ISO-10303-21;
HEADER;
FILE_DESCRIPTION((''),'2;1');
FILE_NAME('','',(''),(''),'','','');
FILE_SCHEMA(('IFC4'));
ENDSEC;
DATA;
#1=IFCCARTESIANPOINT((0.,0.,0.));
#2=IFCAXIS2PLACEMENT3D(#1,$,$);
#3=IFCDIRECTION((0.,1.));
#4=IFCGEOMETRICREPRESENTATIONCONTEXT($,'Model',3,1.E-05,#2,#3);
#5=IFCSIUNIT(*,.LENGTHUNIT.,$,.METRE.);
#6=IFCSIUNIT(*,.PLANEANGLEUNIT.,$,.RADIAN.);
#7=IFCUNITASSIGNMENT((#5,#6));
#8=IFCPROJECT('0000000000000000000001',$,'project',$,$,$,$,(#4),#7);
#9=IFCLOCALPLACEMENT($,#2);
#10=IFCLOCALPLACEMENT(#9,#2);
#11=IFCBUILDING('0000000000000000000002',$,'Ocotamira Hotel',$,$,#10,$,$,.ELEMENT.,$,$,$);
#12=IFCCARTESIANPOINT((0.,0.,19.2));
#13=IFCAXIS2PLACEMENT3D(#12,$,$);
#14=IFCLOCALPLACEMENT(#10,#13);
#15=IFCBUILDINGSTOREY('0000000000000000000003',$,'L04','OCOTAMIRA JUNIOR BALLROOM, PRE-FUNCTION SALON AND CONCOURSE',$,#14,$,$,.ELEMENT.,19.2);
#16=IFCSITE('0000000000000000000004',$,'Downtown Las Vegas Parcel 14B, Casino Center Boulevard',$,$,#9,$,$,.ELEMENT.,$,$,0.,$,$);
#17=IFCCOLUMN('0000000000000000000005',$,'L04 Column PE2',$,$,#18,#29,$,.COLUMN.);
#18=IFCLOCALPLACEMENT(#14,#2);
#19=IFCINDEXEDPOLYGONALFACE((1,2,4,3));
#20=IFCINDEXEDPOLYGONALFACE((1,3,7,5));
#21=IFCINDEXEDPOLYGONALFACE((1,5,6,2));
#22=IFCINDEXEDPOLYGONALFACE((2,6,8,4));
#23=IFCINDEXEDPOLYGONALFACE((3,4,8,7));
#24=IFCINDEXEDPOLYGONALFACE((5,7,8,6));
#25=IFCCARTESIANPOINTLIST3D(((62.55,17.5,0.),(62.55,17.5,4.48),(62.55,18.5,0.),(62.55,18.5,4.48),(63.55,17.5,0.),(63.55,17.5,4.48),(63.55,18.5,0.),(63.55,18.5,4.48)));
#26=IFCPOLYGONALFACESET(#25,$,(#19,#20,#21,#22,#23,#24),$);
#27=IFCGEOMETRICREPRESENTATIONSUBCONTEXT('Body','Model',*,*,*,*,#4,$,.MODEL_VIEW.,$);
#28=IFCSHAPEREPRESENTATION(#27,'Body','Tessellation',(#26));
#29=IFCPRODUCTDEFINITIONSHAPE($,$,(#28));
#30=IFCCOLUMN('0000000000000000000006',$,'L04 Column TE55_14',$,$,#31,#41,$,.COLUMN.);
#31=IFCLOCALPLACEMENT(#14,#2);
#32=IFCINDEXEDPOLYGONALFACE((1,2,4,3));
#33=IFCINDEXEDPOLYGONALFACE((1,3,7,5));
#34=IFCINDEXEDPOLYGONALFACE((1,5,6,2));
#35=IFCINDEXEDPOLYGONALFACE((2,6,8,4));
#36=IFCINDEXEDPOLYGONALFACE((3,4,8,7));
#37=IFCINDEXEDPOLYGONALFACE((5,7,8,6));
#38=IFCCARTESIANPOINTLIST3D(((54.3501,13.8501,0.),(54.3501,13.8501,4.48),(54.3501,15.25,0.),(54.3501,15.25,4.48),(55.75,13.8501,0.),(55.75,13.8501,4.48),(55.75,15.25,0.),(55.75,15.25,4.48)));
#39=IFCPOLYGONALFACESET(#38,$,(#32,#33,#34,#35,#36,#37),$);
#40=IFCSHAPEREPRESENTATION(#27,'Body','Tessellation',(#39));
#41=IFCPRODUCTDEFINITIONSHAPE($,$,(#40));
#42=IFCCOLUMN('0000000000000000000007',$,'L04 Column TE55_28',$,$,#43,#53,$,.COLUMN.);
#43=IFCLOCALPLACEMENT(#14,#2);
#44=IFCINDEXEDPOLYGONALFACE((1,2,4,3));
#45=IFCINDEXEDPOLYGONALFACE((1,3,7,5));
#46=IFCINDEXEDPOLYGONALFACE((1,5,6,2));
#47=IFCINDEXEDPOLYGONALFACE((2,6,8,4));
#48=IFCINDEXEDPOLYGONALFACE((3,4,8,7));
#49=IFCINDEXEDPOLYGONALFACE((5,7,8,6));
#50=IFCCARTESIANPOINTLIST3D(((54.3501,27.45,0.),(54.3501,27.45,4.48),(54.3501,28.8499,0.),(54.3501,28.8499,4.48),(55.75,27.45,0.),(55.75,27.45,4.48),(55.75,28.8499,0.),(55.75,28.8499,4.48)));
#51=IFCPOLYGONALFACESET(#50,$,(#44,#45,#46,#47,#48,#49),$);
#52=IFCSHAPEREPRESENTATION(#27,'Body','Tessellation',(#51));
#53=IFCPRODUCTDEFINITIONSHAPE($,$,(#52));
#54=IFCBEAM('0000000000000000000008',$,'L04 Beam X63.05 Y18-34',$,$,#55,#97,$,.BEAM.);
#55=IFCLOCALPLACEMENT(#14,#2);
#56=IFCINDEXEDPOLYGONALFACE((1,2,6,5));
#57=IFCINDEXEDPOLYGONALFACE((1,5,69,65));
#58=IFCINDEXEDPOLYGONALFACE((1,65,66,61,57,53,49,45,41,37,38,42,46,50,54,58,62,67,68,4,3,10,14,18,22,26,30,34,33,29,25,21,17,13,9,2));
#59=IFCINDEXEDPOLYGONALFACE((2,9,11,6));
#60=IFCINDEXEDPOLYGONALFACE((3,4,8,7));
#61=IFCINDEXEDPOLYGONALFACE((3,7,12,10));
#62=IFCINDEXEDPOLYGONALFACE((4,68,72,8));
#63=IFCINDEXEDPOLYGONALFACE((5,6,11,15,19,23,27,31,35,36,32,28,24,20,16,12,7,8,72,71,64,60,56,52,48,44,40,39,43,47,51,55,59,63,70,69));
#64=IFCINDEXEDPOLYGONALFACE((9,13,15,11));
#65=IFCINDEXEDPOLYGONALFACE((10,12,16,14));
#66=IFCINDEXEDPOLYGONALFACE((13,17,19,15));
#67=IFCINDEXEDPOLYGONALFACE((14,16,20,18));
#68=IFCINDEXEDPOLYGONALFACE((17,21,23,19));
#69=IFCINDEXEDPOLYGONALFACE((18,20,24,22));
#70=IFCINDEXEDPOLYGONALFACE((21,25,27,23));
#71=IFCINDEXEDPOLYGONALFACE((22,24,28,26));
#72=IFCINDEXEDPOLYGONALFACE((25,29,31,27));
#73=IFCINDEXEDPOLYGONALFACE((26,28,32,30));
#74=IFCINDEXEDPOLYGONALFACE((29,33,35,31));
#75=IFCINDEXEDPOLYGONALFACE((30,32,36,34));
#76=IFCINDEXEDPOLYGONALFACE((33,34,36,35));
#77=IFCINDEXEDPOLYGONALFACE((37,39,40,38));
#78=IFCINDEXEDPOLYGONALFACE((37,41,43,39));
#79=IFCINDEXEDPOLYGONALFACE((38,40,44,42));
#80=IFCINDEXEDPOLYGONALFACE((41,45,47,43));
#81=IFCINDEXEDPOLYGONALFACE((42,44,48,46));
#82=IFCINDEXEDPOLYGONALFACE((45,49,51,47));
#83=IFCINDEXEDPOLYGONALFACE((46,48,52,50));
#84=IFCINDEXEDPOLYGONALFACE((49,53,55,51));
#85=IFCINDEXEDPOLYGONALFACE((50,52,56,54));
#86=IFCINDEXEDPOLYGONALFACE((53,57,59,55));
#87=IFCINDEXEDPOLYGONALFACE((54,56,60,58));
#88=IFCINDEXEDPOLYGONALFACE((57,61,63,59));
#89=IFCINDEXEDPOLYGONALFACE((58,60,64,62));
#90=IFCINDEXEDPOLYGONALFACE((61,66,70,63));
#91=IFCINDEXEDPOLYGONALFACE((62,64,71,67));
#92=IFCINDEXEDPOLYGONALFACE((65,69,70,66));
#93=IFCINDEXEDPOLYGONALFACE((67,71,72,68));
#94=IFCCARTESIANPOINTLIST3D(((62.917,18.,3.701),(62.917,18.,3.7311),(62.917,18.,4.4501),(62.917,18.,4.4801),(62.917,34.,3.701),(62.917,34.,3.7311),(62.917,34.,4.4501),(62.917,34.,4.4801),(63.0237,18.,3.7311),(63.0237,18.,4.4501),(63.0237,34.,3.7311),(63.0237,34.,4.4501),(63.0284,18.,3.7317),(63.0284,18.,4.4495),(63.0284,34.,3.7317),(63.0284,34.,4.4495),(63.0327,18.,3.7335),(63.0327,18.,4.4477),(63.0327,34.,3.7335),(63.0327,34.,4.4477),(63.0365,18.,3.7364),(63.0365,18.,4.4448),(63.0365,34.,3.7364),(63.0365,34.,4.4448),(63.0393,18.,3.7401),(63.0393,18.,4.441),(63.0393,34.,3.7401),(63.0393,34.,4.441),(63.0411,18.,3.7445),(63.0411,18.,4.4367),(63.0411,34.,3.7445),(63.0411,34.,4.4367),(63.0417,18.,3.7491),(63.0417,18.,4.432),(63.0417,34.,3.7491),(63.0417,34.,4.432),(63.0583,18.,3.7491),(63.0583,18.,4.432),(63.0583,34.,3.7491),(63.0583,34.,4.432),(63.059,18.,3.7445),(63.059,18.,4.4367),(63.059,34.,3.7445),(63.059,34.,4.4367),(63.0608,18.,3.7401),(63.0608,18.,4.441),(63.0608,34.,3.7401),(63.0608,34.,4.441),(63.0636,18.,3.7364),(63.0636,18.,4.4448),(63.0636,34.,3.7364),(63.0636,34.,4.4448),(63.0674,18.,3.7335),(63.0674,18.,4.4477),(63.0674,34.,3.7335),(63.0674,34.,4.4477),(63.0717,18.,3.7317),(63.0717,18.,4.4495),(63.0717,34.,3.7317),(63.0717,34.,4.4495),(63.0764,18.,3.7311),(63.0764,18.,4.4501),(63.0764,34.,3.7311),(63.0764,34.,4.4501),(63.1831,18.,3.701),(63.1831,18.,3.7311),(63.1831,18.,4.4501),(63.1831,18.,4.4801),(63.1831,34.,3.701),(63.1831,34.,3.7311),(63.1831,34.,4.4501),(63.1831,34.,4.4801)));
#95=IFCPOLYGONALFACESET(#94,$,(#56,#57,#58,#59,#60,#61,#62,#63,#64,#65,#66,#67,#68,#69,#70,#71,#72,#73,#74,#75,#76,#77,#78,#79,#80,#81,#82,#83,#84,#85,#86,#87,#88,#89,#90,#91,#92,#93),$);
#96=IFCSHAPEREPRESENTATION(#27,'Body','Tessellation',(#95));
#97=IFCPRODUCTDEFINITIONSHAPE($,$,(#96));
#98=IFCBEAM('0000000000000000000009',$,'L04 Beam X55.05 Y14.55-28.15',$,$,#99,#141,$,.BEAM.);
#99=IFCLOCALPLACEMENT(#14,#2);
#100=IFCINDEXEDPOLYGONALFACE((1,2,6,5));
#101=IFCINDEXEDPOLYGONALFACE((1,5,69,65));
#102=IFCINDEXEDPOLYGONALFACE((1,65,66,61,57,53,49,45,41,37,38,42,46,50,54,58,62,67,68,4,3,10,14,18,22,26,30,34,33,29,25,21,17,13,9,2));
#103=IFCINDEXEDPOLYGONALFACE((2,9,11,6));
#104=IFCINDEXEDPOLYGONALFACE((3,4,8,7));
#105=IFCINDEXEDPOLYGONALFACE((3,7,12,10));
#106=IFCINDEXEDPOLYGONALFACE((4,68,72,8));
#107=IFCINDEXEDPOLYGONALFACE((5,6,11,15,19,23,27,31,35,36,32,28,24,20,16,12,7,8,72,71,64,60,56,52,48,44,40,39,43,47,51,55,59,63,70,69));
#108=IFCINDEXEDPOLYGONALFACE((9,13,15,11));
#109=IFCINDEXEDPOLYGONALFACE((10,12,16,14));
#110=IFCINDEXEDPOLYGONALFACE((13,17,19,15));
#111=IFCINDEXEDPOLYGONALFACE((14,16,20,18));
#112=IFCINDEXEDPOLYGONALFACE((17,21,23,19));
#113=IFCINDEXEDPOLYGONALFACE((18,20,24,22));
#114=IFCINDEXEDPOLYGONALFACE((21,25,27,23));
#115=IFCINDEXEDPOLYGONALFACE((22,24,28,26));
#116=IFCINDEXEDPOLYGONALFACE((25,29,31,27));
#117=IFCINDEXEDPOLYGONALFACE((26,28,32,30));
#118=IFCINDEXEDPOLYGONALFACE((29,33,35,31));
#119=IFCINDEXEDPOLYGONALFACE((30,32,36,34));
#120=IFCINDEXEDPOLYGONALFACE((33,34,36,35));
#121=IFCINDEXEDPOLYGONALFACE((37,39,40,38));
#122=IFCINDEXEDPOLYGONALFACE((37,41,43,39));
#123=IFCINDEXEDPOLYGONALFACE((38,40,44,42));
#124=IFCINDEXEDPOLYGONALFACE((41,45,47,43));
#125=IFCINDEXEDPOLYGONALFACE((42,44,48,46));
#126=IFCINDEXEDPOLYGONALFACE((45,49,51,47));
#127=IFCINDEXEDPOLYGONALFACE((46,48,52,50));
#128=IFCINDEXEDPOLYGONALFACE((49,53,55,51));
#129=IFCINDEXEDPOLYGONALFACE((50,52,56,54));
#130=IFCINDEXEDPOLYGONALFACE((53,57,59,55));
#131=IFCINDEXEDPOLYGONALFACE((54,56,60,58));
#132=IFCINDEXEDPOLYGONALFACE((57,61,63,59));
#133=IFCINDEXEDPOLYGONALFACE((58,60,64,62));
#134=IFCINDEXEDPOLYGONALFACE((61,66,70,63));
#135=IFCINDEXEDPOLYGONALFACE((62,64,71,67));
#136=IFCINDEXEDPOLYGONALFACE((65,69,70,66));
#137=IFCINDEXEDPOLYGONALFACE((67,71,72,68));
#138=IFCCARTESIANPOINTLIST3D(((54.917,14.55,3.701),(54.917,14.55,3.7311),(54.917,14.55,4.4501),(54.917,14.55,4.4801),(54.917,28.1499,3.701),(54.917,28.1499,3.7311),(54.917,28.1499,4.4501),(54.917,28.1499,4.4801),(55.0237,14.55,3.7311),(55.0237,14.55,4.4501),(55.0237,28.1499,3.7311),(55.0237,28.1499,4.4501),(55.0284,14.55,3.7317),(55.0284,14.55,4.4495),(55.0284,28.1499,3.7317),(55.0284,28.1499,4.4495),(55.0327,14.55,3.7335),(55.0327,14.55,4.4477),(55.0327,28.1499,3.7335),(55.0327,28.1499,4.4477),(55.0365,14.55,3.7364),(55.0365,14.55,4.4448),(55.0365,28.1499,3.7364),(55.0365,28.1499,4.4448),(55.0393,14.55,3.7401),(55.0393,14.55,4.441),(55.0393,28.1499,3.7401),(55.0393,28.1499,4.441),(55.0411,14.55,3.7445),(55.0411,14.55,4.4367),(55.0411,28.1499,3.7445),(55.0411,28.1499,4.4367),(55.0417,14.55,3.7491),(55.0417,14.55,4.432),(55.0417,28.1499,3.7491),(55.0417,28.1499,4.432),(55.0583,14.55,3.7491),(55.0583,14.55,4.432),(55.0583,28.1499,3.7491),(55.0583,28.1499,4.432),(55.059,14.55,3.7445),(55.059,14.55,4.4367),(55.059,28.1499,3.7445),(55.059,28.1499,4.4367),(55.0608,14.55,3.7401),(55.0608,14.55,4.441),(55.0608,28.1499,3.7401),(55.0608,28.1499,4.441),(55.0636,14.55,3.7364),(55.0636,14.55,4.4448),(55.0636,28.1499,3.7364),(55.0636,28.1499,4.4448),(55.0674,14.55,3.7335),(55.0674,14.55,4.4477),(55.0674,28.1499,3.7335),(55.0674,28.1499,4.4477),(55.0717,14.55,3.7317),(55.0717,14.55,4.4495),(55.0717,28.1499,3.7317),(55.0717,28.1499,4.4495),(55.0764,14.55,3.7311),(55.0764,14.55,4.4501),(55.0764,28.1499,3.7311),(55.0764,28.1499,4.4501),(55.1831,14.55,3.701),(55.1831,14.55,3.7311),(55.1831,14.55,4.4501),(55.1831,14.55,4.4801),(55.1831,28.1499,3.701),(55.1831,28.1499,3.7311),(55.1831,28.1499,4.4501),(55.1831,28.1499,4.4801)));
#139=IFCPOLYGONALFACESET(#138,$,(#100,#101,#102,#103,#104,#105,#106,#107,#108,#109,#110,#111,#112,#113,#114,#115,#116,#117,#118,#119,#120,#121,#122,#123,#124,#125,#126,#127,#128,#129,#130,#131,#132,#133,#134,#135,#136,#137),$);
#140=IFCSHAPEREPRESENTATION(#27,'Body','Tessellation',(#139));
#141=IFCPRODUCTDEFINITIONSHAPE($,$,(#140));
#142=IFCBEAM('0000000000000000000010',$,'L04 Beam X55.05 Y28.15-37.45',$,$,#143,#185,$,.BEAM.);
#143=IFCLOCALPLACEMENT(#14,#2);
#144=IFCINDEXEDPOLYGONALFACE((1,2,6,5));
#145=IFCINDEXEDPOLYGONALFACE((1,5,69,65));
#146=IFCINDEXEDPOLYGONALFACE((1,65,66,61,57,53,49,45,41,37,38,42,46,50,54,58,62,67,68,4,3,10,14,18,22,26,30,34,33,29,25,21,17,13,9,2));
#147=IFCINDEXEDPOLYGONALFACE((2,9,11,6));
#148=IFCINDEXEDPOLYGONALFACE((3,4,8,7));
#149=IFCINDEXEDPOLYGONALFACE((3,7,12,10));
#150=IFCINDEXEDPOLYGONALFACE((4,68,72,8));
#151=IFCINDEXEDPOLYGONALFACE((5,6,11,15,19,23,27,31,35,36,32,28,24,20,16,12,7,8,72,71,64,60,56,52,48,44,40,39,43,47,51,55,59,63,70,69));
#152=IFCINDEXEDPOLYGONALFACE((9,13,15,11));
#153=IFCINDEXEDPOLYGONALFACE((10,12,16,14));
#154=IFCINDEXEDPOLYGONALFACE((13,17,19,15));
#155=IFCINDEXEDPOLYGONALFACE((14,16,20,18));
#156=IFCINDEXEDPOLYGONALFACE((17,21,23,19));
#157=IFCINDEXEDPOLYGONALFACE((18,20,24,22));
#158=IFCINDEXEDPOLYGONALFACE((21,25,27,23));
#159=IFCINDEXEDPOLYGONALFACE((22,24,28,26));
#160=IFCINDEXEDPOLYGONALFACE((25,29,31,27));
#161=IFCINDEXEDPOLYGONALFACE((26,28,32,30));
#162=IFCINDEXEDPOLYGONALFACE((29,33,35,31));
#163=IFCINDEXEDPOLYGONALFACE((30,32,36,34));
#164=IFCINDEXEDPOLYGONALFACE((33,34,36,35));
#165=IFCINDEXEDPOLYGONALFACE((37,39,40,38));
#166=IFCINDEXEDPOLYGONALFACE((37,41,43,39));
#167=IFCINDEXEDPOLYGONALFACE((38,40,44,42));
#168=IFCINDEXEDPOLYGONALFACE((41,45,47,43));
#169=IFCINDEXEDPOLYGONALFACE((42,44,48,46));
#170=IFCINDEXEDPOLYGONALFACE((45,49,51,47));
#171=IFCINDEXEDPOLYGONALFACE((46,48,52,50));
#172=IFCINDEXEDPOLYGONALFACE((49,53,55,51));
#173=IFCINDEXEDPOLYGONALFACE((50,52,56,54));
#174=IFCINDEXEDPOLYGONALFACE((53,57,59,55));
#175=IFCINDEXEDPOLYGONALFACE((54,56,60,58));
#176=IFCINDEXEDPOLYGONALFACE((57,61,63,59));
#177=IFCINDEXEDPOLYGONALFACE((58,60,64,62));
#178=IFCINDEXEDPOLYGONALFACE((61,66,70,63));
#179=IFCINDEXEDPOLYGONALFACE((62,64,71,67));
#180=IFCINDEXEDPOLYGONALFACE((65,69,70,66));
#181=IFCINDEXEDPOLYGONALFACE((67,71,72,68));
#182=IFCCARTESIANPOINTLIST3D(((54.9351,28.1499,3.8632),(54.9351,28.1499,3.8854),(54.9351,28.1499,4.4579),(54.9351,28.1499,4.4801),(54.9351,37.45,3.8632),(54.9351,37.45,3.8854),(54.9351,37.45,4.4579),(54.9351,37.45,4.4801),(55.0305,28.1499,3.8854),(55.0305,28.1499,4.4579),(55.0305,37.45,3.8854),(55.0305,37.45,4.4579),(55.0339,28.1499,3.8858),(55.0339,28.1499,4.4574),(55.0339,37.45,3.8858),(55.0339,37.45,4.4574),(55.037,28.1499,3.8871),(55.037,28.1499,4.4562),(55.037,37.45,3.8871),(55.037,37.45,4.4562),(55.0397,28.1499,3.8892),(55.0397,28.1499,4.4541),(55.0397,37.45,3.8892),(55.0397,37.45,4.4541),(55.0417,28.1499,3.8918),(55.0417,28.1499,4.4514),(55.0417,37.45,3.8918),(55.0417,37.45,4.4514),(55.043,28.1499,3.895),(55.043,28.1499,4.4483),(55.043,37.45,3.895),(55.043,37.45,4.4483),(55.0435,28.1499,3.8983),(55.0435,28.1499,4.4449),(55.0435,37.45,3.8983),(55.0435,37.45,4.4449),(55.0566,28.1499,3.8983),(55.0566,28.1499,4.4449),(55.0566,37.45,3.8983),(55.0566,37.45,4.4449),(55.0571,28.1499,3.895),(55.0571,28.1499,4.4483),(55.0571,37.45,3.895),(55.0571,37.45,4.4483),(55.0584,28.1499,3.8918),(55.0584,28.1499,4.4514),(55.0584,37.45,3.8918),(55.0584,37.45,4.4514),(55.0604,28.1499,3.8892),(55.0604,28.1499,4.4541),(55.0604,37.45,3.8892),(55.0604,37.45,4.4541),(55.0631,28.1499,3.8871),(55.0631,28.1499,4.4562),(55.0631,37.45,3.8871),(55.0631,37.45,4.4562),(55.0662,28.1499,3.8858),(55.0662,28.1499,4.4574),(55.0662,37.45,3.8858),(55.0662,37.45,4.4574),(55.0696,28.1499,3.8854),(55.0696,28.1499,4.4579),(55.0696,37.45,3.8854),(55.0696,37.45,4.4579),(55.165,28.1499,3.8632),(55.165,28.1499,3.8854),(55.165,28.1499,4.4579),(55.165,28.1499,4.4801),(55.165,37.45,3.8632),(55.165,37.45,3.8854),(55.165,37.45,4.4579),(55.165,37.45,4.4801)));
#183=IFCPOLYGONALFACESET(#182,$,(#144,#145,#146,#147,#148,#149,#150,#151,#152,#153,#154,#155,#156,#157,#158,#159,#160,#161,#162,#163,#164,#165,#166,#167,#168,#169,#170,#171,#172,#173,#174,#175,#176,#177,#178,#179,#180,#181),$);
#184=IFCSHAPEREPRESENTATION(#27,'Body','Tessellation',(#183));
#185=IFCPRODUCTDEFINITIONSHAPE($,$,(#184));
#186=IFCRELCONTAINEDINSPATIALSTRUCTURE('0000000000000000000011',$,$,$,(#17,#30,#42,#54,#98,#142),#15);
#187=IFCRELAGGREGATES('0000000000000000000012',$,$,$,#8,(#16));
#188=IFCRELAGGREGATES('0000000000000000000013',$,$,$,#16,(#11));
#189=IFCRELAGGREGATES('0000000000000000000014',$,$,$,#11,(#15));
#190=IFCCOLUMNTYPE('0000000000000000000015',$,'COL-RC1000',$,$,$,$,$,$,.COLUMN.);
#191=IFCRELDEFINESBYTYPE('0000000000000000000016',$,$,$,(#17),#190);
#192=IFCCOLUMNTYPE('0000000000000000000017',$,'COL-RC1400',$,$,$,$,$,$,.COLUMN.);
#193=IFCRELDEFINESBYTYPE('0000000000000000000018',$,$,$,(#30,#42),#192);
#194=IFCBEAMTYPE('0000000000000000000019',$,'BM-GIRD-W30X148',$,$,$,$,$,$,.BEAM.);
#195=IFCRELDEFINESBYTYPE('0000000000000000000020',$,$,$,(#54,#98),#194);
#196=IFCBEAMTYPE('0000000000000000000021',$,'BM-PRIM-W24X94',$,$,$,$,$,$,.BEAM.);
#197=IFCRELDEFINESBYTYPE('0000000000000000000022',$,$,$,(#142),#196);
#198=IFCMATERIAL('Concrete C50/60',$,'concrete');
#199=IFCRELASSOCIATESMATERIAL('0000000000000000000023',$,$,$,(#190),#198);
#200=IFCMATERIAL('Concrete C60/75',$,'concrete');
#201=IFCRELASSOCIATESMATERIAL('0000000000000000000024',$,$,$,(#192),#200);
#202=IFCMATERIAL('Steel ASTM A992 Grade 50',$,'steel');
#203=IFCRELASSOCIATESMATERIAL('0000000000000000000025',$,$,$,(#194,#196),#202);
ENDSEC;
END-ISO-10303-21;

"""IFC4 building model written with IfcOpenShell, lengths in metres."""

from ifc_helpers import new_model, si_unit, direction, frame, origin, origin_2d, place, context, subcontext, project, spatial, rectangle, i_section, extrude, source, transform, mapped, material, material_profile, profile_set, type_object, element, save


model = new_model("IFC4")

# Units and contexts
model_context = context("Model", 3, precision=1e-05, world=origin(), true_north=direction((0.0, 1.0)))
body_context = subcontext(model_context, "Body", "Model", "MODEL_VIEW")
ifc_project = project(units=[si_unit("LENGTHUNIT", "METRE"), si_unit("PLANEANGLEUNIT", "RADIAN")], contexts=[model_context])

# Site, building, storey
site_placement = place(None, origin())
site = spatial("IfcSite", under=ifc_project, at=site_placement, Name="Downtown Las Vegas Parcel 14B, Casino Center Boulevard", CompositionType="ELEMENT", RefElevation=0.0)
building_placement = place(site_placement, origin())
building = spatial("IfcBuilding", under=site, at=building_placement, Name="Ocotamira Hotel", CompositionType="ELEMENT")
storey_placement = place(building_placement, frame((0.0, 0.0, 19.2)))
storey = spatial("IfcBuildingStorey", under=building, at=storey_placement, Name="L04", Description="OCOTAMIRA JUNIOR BALLROOM, PRE-FUNCTION SALON AND CONCOURSE", CompositionType="ELEMENT", Elevation=19.2)

# Columns
ifc_material_1 = material(Name="Concrete C50/60", Category="concrete")
ifc_material_profile_1 = material_profile(ifc_material_1, rectangle(XDim=1.0, YDim=1.0, at=origin_2d()), Name="RC1000X1000")
ifc_profile_set_1 = profile_set([ifc_material_profile_1], Name="Concrete C50/60")
column_type_1 = type_object("IfcColumnType", Name="COL-RC1000", PredefinedType="COLUMN", material=ifc_profile_set_1)
shared_shape_1 = source(origin(), body_context, "Body", "SweptSolid", [
    extrude(rectangle(XDim=1.0, YDim=1.0, at=origin_2d()), origin(), (0.0, 0.0, 1.0), 4.48),
])
column_placement = place(storey_placement, frame((63.05, 18.0, 0.0), z_axis=(0.0, 0.0, 1.0), x_axis=(1.0, 0.0, 0.0)))
element("IfcColumn", 1, at=column_placement, inside=storey, type_object=column_type_1, Name="L04 Column PE2", PredefinedType="COLUMN", context=body_context, shape_type="MappedRepresentation", body=[
    mapped(shared_shape_1, transform((0.0, 0.0, 0.0), scale=1.0)),
])
ifc_material_2 = material(Name="Concrete C60/75", Category="concrete")
ifc_material_profile_2 = material_profile(ifc_material_2, rectangle(XDim=1.3999, YDim=1.3999, at=origin_2d()), Name="RC1400X1400")
ifc_profile_set_2 = profile_set([ifc_material_profile_2], Name="Concrete C60/75")
column_type_2 = type_object("IfcColumnType", Name="COL-RC1400", PredefinedType="COLUMN", material=ifc_profile_set_2)
shared_shape_2 = source(origin(), body_context, "Body", "SweptSolid", [
    extrude(rectangle(XDim=1.3999, YDim=1.3999, at=origin_2d()), origin(), (0.0, 0.0, 1.0), 4.48),
])
for number, where, z_axis, x_axis, name in (
    (2, (55.05, 14.55, 0.0), (0.0, 0.0, 1.0), (1.0, 0.0, 0.0), "L04 Column TE55_14"),
    (3, (55.05, 28.1499, 0.0), (0.0, 0.0, 1.0), (1.0, 0.0, 0.0), "L04 Column TE55_28"),
):
    element("IfcColumn", number, at=place(storey_placement, frame(where, z_axis=z_axis, x_axis=x_axis)), inside=storey, type_object=column_type_2, Name=name, PredefinedType="COLUMN", context=body_context, shape_type="MappedRepresentation", body=[
        mapped(shared_shape_2, transform((0.0, 0.0, 0.0), scale=1.0)),
    ])

# Beams
ifc_material_3 = material(Name="Steel ASTM A992 Grade 50", Category="steel")
ifc_material_profile_3 = material_profile(ifc_material_3, i_section(OverallWidth=0.2661, OverallDepth=0.7791, WebThickness=0.0166, FlangeThickness=0.03, FilletRadius=0.0181, at=origin_2d()), Name="W30X148")
ifc_profile_set_3 = profile_set([ifc_material_profile_3], Name="Steel ASTM A992 Grade 50")
beam_type_1 = type_object("IfcBeamType", Name="BM-GIRD-W30X148", PredefinedType="BEAM", material=ifc_profile_set_3)
shared_shape_3 = source(origin(), body_context, "Body", "SweptSolid", [
    extrude(i_section(OverallWidth=0.2661, OverallDepth=0.7791, WebThickness=0.0166, FlangeThickness=0.03, FilletRadius=0.0181, at=origin_2d()), origin(), (0.0, 0.0, 1.0), 16.0),
])
beam_1_placement = place(storey_placement, frame((63.05, 18.0, 4.0906), z_axis=(0.0, 1.0, 0.0), x_axis=(-1.0, 0.0, 0.0)))
element("IfcBeam", 4, at=beam_1_placement, inside=storey, type_object=beam_type_1, Name="L04 Beam X63.05 Y18-34", PredefinedType="BEAM", context=body_context, shape_type="MappedRepresentation", body=[
    mapped(shared_shape_3, transform((0.0, 0.0, 0.0), scale=1.0)),
])
shared_shape_4 = source(origin(), body_context, "Body", "SweptSolid", [
    extrude(i_section(OverallWidth=0.2661, OverallDepth=0.7791, WebThickness=0.0166, FlangeThickness=0.03, FilletRadius=0.0181, at=origin_2d()), origin(), (0.0, 0.0, 1.0), 13.5999),
])
beam_2_placement = place(storey_placement, frame((55.05, 14.55, 4.0906), z_axis=(0.0, 1.0, 0.0), x_axis=(-1.0, 0.0, 0.0)))
element("IfcBeam", 5, at=beam_2_placement, inside=storey, type_object=beam_type_1, Name="L04 Beam X55.05 Y14.55-28.15", PredefinedType="BEAM", context=body_context, shape_type="MappedRepresentation", body=[
    mapped(shared_shape_4, transform((0.0, 0.0, 0.0), scale=1.0)),
])
ifc_material_profile_4 = material_profile(ifc_material_3, i_section(OverallWidth=0.23, OverallDepth=0.6169, WebThickness=0.0132, FlangeThickness=0.0222, FilletRadius=0.0129, at=origin_2d()), Name="W24X94")
ifc_profile_set_4 = profile_set([ifc_material_profile_4], Name="Steel ASTM A992 Grade 50")
beam_type_2 = type_object("IfcBeamType", Name="BM-PRIM-W24X94", PredefinedType="BEAM", material=ifc_profile_set_4)
shared_shape_5 = source(origin(), body_context, "Body", "SweptSolid", [
    extrude(i_section(OverallWidth=0.23, OverallDepth=0.6169, WebThickness=0.0132, FlangeThickness=0.0222, FilletRadius=0.0129, at=origin_2d()), origin(), (0.0, 0.0, 1.0), 9.3),
])
beam_3_placement = place(storey_placement, frame((55.05, 28.1499, 4.1716), z_axis=(0.0, 1.0, 0.0), x_axis=(-1.0, 0.0, 0.0)))
element("IfcBeam", 6, at=beam_3_placement, inside=storey, type_object=beam_type_2, Name="L04 Beam X55.05 Y28.15-37.45", PredefinedType="BEAM", context=body_context, shape_type="MappedRepresentation", body=[
    mapped(shared_shape_5, transform((0.0, 0.0, 0.0), scale=1.0)),
])

save(model, "model.ifc")
